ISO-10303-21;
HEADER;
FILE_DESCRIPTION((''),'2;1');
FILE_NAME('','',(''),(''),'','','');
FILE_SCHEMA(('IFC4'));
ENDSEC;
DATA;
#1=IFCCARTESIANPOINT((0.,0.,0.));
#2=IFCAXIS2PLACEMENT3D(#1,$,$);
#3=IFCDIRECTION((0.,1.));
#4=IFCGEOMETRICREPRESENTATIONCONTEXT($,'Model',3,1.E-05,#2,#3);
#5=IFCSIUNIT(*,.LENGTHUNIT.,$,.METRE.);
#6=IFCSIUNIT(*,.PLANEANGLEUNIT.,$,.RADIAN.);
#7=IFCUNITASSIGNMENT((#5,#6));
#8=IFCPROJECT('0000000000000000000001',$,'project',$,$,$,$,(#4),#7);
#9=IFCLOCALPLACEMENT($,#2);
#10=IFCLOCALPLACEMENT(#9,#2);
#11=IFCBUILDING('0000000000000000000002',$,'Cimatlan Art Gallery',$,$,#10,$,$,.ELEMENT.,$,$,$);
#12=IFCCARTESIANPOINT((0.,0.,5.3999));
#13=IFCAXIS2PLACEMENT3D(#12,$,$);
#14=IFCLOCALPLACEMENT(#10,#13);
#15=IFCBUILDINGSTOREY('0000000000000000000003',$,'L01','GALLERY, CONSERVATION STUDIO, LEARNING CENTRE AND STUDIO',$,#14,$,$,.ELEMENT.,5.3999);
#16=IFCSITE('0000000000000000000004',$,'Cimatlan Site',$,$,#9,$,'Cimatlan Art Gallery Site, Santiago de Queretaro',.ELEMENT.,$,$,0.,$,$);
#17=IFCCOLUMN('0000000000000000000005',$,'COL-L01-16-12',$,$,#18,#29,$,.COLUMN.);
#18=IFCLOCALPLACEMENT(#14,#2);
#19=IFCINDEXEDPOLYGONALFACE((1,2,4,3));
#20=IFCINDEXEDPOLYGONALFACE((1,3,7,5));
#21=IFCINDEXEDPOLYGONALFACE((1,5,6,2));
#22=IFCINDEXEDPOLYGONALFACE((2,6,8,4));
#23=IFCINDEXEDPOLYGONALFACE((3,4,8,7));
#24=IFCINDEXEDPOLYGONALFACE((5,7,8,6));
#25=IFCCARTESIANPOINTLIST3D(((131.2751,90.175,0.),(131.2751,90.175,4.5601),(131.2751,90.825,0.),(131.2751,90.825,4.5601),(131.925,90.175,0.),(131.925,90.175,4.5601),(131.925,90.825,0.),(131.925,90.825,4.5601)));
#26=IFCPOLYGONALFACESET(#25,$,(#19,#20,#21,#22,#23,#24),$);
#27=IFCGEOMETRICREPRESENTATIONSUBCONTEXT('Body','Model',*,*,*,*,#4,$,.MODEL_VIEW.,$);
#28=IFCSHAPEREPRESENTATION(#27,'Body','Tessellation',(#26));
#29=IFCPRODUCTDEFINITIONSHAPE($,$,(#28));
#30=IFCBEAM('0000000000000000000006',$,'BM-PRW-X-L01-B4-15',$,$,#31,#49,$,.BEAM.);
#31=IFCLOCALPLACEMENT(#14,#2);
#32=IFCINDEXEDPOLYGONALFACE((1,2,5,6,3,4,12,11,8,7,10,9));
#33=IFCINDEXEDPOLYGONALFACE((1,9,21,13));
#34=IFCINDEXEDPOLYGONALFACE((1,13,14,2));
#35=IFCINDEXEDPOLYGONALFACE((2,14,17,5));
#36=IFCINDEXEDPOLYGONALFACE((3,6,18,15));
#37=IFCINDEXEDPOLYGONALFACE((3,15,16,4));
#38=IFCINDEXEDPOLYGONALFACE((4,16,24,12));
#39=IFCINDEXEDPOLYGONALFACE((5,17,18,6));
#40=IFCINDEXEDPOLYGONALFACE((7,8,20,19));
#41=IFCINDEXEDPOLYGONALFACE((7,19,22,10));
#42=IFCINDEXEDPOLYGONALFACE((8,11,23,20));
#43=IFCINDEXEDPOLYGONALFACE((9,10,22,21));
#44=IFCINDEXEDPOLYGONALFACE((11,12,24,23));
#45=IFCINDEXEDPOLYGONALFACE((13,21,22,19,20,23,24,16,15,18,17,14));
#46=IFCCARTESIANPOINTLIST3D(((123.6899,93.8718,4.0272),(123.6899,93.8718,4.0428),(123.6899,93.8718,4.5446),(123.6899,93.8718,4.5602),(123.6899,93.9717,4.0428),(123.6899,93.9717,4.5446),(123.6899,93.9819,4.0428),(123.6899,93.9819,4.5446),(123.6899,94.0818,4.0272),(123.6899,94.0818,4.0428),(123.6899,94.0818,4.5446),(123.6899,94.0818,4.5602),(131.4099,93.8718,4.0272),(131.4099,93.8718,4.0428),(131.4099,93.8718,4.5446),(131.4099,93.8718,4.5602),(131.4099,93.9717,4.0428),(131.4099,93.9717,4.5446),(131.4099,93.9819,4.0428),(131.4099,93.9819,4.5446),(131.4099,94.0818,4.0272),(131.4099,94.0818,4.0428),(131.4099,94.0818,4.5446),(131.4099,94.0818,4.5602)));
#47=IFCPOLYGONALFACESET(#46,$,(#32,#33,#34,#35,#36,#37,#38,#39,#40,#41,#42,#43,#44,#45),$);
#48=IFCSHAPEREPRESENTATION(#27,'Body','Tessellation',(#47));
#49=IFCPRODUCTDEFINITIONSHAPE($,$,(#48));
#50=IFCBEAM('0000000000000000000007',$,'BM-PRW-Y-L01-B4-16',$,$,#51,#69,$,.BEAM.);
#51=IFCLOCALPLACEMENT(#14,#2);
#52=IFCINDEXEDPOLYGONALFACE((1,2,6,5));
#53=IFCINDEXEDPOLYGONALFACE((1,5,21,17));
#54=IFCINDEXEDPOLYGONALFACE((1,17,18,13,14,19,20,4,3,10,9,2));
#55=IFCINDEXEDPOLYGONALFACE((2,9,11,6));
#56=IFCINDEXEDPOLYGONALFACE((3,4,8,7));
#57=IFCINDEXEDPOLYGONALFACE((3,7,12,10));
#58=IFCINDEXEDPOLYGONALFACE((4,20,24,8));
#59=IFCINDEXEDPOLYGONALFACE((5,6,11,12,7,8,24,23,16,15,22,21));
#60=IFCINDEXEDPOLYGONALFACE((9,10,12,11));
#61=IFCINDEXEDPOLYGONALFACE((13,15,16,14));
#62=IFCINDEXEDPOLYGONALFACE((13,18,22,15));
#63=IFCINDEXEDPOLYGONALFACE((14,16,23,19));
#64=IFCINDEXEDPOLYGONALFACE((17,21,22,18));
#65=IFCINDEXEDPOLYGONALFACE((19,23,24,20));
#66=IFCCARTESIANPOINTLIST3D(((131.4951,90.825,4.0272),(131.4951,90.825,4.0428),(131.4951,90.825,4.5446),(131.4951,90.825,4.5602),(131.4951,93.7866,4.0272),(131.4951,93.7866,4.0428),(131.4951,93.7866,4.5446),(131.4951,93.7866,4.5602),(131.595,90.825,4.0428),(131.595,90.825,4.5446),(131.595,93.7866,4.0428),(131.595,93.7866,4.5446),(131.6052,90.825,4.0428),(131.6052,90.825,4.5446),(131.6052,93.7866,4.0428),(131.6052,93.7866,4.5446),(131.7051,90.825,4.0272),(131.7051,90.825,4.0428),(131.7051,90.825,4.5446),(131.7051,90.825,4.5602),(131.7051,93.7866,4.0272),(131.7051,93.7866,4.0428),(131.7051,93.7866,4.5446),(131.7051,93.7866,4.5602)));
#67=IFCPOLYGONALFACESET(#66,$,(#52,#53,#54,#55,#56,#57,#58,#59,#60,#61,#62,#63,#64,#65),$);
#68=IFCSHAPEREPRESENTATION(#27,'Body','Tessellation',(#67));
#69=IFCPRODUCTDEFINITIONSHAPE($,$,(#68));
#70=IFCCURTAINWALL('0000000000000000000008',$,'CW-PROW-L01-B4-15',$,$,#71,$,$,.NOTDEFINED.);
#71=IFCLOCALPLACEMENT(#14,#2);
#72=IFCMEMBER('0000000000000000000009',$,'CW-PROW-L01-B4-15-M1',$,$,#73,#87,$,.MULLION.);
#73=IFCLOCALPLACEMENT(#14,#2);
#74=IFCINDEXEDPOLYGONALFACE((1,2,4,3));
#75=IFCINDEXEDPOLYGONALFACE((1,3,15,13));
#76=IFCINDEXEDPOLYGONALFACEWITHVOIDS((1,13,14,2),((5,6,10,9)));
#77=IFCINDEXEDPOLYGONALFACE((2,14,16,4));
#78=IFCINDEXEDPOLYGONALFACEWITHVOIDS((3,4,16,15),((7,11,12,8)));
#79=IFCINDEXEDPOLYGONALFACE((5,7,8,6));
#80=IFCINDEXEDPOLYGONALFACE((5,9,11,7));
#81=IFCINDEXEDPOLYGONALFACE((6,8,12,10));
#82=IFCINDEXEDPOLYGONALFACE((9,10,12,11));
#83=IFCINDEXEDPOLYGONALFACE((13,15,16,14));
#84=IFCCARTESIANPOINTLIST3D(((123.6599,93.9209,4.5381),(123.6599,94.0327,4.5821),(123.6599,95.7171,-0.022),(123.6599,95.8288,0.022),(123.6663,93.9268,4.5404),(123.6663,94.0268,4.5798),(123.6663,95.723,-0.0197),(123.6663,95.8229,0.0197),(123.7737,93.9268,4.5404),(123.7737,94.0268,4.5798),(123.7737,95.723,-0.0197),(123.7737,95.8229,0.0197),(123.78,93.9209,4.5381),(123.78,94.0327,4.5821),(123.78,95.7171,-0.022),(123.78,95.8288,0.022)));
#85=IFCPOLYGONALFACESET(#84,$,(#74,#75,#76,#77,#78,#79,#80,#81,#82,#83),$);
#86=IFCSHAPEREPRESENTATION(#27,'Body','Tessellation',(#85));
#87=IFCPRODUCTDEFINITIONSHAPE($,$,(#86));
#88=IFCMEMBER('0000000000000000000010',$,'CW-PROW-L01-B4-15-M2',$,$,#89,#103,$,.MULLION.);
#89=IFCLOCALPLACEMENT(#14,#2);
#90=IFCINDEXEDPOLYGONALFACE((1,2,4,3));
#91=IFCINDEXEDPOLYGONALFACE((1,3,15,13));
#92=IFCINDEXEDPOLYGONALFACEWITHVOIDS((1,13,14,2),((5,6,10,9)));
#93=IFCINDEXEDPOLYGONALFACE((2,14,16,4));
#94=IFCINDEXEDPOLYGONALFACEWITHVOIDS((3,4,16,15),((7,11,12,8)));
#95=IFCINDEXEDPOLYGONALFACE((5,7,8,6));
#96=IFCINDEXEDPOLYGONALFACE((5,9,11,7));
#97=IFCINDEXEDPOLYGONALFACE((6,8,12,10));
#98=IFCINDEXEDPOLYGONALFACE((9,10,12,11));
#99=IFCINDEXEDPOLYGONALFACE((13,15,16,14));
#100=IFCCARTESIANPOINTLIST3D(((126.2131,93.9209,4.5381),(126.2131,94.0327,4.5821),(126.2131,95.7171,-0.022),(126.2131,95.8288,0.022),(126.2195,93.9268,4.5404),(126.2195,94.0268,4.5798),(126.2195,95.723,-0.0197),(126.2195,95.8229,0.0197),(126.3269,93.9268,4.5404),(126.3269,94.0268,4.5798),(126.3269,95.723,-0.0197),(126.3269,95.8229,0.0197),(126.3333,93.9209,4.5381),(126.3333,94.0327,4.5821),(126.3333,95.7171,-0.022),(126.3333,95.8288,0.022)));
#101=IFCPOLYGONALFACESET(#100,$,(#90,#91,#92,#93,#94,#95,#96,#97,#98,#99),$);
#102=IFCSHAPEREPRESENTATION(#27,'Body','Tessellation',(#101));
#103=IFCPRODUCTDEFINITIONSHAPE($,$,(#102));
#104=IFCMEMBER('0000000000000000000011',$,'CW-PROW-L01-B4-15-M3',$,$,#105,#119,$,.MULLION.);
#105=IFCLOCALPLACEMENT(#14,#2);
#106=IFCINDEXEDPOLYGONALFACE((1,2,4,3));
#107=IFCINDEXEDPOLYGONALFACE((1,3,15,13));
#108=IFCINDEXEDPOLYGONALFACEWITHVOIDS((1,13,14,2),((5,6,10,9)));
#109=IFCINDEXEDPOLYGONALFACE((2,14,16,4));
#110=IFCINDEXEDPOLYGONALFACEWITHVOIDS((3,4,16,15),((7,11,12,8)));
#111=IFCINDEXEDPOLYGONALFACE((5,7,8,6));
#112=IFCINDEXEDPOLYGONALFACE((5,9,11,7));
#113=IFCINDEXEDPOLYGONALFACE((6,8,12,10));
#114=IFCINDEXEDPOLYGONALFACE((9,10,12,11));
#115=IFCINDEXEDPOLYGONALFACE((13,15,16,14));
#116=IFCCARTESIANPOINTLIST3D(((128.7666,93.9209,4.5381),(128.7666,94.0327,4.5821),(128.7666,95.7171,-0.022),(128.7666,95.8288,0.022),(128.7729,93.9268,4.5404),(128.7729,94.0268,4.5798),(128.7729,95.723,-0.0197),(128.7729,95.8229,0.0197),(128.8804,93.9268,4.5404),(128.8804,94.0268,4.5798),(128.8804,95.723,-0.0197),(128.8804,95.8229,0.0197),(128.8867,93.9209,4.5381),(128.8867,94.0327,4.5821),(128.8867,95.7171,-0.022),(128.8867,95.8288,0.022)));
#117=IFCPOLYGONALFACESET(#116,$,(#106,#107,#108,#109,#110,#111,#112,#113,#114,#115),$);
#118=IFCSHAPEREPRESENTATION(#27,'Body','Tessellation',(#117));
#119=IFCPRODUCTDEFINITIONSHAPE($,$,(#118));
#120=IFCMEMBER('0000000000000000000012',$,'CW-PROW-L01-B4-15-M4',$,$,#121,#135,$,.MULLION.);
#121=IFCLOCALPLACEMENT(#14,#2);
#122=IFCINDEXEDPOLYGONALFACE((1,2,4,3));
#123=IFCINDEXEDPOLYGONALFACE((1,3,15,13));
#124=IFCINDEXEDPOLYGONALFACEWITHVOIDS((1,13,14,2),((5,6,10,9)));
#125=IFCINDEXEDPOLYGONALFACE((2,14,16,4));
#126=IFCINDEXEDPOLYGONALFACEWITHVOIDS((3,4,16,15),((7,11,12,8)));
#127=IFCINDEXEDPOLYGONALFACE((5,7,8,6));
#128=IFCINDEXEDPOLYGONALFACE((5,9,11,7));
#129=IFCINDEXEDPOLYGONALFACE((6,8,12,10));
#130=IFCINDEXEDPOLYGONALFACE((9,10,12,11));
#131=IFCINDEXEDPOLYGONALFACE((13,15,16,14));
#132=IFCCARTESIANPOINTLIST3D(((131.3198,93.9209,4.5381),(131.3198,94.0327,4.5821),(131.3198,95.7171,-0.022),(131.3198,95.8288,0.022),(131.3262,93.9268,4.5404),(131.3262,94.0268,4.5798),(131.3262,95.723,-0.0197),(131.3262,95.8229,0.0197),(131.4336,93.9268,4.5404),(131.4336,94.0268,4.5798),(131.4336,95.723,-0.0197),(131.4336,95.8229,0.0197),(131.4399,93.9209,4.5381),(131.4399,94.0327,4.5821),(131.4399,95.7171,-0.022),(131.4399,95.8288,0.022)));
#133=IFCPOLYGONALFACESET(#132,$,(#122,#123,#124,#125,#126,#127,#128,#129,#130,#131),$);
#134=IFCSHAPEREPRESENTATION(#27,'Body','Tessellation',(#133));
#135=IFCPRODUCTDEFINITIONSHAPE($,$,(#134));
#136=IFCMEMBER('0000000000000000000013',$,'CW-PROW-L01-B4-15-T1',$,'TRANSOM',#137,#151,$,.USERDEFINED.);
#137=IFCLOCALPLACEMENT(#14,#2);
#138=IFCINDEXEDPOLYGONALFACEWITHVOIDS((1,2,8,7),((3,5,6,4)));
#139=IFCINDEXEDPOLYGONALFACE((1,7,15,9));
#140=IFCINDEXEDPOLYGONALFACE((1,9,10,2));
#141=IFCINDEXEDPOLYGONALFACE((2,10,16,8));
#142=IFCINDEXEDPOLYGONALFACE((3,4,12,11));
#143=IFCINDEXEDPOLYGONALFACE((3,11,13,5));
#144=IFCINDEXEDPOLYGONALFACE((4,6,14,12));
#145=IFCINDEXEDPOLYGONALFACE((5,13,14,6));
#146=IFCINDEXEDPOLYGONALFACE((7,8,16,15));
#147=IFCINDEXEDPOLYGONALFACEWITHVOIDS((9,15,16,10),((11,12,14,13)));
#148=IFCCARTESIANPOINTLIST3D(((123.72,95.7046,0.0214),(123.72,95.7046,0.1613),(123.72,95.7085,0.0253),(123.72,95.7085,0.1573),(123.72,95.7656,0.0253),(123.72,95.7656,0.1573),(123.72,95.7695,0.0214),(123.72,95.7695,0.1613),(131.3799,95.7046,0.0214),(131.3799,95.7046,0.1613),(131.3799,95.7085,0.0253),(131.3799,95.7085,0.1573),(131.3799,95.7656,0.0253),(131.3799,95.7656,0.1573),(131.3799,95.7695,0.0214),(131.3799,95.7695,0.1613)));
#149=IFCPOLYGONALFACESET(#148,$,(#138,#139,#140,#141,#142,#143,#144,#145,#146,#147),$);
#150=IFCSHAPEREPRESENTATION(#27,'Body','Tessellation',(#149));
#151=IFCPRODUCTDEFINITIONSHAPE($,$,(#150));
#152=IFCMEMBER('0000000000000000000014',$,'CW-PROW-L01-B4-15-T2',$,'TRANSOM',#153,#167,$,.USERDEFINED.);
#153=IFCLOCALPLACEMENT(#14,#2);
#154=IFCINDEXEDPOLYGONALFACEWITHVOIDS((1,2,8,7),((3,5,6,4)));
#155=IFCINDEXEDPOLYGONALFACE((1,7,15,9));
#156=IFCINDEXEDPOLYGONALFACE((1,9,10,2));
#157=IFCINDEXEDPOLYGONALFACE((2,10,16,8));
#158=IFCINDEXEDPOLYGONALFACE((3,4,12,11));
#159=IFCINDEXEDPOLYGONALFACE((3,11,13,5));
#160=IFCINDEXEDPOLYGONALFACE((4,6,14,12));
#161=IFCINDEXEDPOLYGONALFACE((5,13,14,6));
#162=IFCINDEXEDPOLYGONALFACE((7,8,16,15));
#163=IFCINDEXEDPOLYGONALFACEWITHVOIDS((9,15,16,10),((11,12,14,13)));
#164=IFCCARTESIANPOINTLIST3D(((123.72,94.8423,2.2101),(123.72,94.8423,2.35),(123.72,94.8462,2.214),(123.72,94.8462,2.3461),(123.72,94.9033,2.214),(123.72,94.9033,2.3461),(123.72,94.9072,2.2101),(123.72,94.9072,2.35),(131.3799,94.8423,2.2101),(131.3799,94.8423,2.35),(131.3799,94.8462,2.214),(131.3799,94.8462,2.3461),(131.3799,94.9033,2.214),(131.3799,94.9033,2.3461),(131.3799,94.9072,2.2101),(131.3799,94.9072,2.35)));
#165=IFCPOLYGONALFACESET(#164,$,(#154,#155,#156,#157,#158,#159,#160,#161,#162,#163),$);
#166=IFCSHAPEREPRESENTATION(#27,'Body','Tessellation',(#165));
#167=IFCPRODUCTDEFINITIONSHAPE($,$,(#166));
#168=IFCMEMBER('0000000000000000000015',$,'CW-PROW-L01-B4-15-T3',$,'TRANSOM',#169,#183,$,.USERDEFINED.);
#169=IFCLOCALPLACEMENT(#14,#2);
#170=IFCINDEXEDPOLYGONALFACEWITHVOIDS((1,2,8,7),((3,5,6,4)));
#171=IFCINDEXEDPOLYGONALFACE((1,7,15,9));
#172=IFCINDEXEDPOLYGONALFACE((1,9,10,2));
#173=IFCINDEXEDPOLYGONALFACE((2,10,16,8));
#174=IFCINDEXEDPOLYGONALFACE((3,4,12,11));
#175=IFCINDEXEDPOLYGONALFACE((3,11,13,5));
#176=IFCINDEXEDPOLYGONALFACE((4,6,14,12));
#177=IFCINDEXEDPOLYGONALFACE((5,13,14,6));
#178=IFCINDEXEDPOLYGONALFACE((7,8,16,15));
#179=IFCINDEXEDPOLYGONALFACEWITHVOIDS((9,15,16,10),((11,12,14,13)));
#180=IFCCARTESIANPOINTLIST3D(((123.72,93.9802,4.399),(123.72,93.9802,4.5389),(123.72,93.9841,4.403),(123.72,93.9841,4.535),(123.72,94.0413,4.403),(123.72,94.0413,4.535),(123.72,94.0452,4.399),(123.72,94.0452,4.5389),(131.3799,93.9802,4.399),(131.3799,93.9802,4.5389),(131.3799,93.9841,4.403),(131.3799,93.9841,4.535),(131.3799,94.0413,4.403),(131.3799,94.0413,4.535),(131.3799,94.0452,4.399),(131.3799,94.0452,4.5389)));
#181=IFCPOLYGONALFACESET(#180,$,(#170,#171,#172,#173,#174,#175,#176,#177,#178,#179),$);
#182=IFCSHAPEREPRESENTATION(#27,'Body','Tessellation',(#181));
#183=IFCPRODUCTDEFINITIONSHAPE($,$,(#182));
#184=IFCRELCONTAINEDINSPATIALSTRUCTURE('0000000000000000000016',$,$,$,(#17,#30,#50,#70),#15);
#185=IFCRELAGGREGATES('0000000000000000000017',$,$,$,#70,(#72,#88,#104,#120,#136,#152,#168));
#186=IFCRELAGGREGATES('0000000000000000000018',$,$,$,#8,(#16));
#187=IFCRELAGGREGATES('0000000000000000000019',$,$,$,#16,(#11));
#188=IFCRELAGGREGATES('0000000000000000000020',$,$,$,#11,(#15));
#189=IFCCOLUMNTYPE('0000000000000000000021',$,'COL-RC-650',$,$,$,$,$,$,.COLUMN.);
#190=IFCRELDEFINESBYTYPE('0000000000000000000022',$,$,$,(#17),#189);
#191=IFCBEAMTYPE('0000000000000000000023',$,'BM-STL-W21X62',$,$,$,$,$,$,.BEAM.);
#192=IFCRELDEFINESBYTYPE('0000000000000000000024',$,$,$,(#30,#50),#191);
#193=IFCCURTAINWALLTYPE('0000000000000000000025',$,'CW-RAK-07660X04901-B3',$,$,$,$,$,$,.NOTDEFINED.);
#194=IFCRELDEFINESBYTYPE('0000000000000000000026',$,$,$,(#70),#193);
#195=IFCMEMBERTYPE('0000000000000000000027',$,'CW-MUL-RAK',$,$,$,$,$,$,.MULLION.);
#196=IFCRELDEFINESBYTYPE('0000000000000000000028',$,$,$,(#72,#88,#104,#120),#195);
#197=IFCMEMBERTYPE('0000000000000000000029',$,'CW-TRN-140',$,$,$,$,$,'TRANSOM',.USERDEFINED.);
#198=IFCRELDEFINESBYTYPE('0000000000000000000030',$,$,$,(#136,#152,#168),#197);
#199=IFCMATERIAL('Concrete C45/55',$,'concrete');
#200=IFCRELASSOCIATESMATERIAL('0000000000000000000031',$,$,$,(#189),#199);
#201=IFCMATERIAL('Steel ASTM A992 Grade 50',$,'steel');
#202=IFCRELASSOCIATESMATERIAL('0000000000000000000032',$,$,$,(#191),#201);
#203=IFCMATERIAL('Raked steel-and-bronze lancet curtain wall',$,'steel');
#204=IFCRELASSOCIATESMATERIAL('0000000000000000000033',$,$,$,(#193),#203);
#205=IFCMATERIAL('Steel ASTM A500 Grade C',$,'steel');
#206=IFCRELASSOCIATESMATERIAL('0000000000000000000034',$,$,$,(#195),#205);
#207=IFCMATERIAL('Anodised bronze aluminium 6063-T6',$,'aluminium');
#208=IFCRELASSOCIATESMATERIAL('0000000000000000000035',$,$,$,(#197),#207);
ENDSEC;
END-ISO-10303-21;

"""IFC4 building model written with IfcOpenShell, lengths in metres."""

from ifc_helpers import new_model, si_unit, direction, frame, origin, origin_2d, place, context, subcontext, project, spatial, rectangle, hollow_rectangle, i_section, extrude, material, material_profile, profile_set, type_object, element, aggregate, save


model = new_model("IFC4")

# Units and contexts
model_context = context("Model", 3, precision=1e-05, world=origin(), true_north=direction((0.0, 1.0)))
body_context = subcontext(model_context, "Body", "Model", "MODEL_VIEW")
ifc_project = project(units=[si_unit("LENGTHUNIT", "METRE"), si_unit("PLANEANGLEUNIT", "RADIAN")], contexts=[model_context])

# Site, building, storey
site_placement = place(None, origin())
site = spatial("IfcSite", under=ifc_project, at=site_placement, Name="Cimatlan Site", LongName="Cimatlan Art Gallery Site, Santiago de Queretaro", CompositionType="ELEMENT", RefElevation=0.0)
building_placement = place(site_placement, origin())
building = spatial("IfcBuilding", under=site, at=building_placement, Name="Cimatlan Art Gallery", CompositionType="ELEMENT")
storey_placement = place(building_placement, frame((0.0, 0.0, 5.3999)))
storey = spatial("IfcBuildingStorey", under=building, at=storey_placement, Name="L01", Description="GALLERY, CONSERVATION STUDIO, LEARNING CENTRE AND STUDIO", CompositionType="ELEMENT", Elevation=5.3999)

# Column
ifc_material_1 = material(Name="Concrete C45/55", Category="concrete")
ifc_material_profile_1 = material_profile(ifc_material_1, rectangle(XDim=0.6499, YDim=0.6499, at=origin_2d()), Name="RC650X650")
ifc_profile_set_1 = profile_set([ifc_material_profile_1], Name="Concrete C45/55")
column_type = type_object("IfcColumnType", Name="COL-RC-650", PredefinedType="COLUMN", material=ifc_profile_set_1)
column_placement = place(storey_placement, frame((131.6001, 90.5, 0.0), z_axis=(0.0, 0.0, 1.0), x_axis=(1.0, 0.0, 0.0)))
element("IfcColumn", 1, at=column_placement, inside=storey, type_object=column_type, Name="COL-L01-16-12", PredefinedType="COLUMN", context=body_context, shape_type="SweptSolid", body=[
    extrude(rectangle(XDim=0.6499, YDim=0.6499, at=origin_2d()), origin(), (0.0, 0.0, 1.0), 4.5601),
])

# Beams
ifc_material_2 = material(Name="Steel ASTM A992 Grade 50", Category="steel")
ifc_material_profile_2 = material_profile(ifc_material_2, i_section(OverallWidth=0.21, OverallDepth=0.533, WebThickness=0.0103, FlangeThickness=0.0156, at=origin_2d()), Name="W21X62")
ifc_profile_set_2 = profile_set([ifc_material_profile_2], Name="Steel ASTM A992 Grade 50")
beam_type = type_object("IfcBeamType", Name="BM-STL-W21X62", PredefinedType="BEAM", material=ifc_profile_set_2)
beam_1_placement = place(storey_placement, frame((123.6899, 93.9768, 4.2937), z_axis=(1.0, 0.0, 0.0), x_axis=(0.0, 1.0, 0.0)))
element("IfcBeam", 2, at=beam_1_placement, inside=storey, type_object=beam_type, Name="BM-PRW-X-L01-B4-15", PredefinedType="BEAM", context=body_context, shape_type="SweptSolid", body=[
    extrude(i_section(OverallWidth=0.21, OverallDepth=0.533, WebThickness=0.0103, FlangeThickness=0.0156, at=origin_2d()), origin(), (0.0, 0.0, 1.0), 7.72),
])
beam_2_placement = place(storey_placement, frame((131.6001, 90.825, 4.2937), z_axis=(0.0, 1.0, 0.0), x_axis=(-1.0, 0.0, 0.0)))
element("IfcBeam", 3, at=beam_2_placement, inside=storey, type_object=beam_type, Name="BM-PRW-Y-L01-B4-16", PredefinedType="BEAM", context=body_context, shape_type="SweptSolid", body=[
    extrude(i_section(OverallWidth=0.21, OverallDepth=0.533, WebThickness=0.0103, FlangeThickness=0.0156, at=origin_2d()), origin(), (0.0, 0.0, 1.0), 2.9617),
])

# Curtain wall, members
ifc_material_3 = material(Name="Raked steel-and-bronze lancet curtain wall", Category="steel")
curtain_wall_type = type_object("IfcCurtainWallType", Name="CW-RAK-07660X04901-B3", PredefinedType="NOTDEFINED", material=ifc_material_3)
curtain_wall_placement = place(storey_placement, origin())
curtain_wall = element("IfcCurtainWall", 4, at=curtain_wall_placement, inside=storey, type_object=curtain_wall_type, Name="CW-PROW-L01-B4-15", PredefinedType="NOTDEFINED")
ifc_material_4 = material(Name="Steel ASTM A500 Grade C", Category="steel")
ifc_material_profile_3 = material_profile(ifc_material_4, hollow_rectangle(XDim=0.1201, YDim=0.1201, WallThickness=0.0063, at=origin_2d()), Name="HSS120X120X6")
ifc_profile_set_3 = profile_set([ifc_material_profile_3], Name="Steel ASTM A500 Grade C")
member_type_1 = type_object("IfcMemberType", Name="CW-MUL-RAK", PredefinedType="MULLION", material=ifc_profile_set_3)
member_1_placement = place(storey_placement, frame((123.72, 95.7729, 0.0), z_axis=(0.0, -0.366481, 0.930425), x_axis=(1.0, 0.0, 0.0)))
member_1 = element("IfcMember", 5, at=member_1_placement, type_object=member_type_1, Name="CW-PROW-L01-B4-15-M1", PredefinedType="MULLION", context=body_context, shape_type="SweptSolid", body=[
    extrude(hollow_rectangle(XDim=0.1201, YDim=0.1201, WallThickness=0.0063, at=origin_2d()), origin(), (0.0, 0.0, 1.0), 4.9011),
])
member_2_placement = place(storey_placement, frame((126.2732, 95.7729, 0.0), z_axis=(0.0, -0.366481, 0.930425), x_axis=(1.0, 0.0, 0.0)))
member_2 = element("IfcMember", 6, at=member_2_placement, type_object=member_type_1, Name="CW-PROW-L01-B4-15-M2", PredefinedType="MULLION", context=body_context, shape_type="SweptSolid", body=[
    extrude(hollow_rectangle(XDim=0.1201, YDim=0.1201, WallThickness=0.0063, at=origin_2d()), origin(), (0.0, 0.0, 1.0), 4.9011),
])
member_3_placement = place(storey_placement, frame((128.8267, 95.7729, 0.0), z_axis=(0.0, -0.366481, 0.930425), x_axis=(1.0, 0.0, 0.0)))
member_3 = element("IfcMember", 7, at=member_3_placement, type_object=member_type_1, Name="CW-PROW-L01-B4-15-M3", PredefinedType="MULLION", context=body_context, shape_type="SweptSolid", body=[
    extrude(hollow_rectangle(XDim=0.1201, YDim=0.1201, WallThickness=0.0063, at=origin_2d()), origin(), (0.0, 0.0, 1.0), 4.9011),
])
member_4_placement = place(storey_placement, frame((131.3799, 95.7729, 0.0), z_axis=(0.0, -0.366481, 0.930425), x_axis=(1.0, 0.0, 0.0)))
member_4 = element("IfcMember", 8, at=member_4_placement, type_object=member_type_1, Name="CW-PROW-L01-B4-15-M4", PredefinedType="MULLION", context=body_context, shape_type="SweptSolid", body=[
    extrude(hollow_rectangle(XDim=0.1201, YDim=0.1201, WallThickness=0.0063, at=origin_2d()), origin(), (0.0, 0.0, 1.0), 4.9011),
])
ifc_material_5 = material(Name="Anodised bronze aluminium 6063-T6", Category="aluminium")
ifc_material_profile_4 = material_profile(ifc_material_5, hollow_rectangle(XDim=0.0649, YDim=0.1399, WallThickness=0.0039, at=origin_2d()), Name="ALU65X140X4")
ifc_profile_set_4 = profile_set([ifc_material_profile_4], Name="Anodised bronze aluminium 6063-T6")
member_type_2 = type_object("IfcMemberType", Name="CW-TRN-140", ElementType="TRANSOM", PredefinedType="USERDEFINED", material=ifc_profile_set_4)
member_5_placement = place(storey_placement, frame((123.72, 95.7371, 0.0913), z_axis=(1.0, 0.0, 0.0), x_axis=(0.0, 1.0, 0.0)))
member_5 = element("IfcMember", 9, at=member_5_placement, type_object=member_type_2, Name="CW-PROW-L01-B4-15-T1", ObjectType="TRANSOM", PredefinedType="USERDEFINED", context=body_context, shape_type="SweptSolid", body=[
    extrude(hollow_rectangle(XDim=0.0649, YDim=0.1399, WallThickness=0.0039, at=origin_2d()), origin(), (0.0, 0.0, 1.0), 7.6599),
])
member_6_placement = place(storey_placement, frame((123.72, 94.8748, 2.28), z_axis=(1.0, 0.0, 0.0), x_axis=(0.0, 1.0, 0.0)))
member_6 = element("IfcMember", 10, at=member_6_placement, type_object=member_type_2, Name="CW-PROW-L01-B4-15-T2", ObjectType="TRANSOM", PredefinedType="USERDEFINED", context=body_context, shape_type="SweptSolid", body=[
    extrude(hollow_rectangle(XDim=0.0649, YDim=0.1399, WallThickness=0.0039, at=origin_2d()), origin(), (0.0, 0.0, 1.0), 7.6599),
])
member_7_placement = place(storey_placement, frame((123.72, 94.0127, 4.469), z_axis=(1.0, 0.0, 0.0), x_axis=(0.0, 1.0, 0.0)))
member_7 = element("IfcMember", 11, at=member_7_placement, type_object=member_type_2, Name="CW-PROW-L01-B4-15-T3", ObjectType="TRANSOM", PredefinedType="USERDEFINED", context=body_context, shape_type="SweptSolid", body=[
    extrude(hollow_rectangle(XDim=0.0649, YDim=0.1399, WallThickness=0.0039, at=origin_2d()), origin(), (0.0, 0.0, 1.0), 7.6599),
])

aggregate(curtain_wall, [member_1, member_2, member_3, member_4, member_5, member_6, member_7])

save(model, "model.ifc")
